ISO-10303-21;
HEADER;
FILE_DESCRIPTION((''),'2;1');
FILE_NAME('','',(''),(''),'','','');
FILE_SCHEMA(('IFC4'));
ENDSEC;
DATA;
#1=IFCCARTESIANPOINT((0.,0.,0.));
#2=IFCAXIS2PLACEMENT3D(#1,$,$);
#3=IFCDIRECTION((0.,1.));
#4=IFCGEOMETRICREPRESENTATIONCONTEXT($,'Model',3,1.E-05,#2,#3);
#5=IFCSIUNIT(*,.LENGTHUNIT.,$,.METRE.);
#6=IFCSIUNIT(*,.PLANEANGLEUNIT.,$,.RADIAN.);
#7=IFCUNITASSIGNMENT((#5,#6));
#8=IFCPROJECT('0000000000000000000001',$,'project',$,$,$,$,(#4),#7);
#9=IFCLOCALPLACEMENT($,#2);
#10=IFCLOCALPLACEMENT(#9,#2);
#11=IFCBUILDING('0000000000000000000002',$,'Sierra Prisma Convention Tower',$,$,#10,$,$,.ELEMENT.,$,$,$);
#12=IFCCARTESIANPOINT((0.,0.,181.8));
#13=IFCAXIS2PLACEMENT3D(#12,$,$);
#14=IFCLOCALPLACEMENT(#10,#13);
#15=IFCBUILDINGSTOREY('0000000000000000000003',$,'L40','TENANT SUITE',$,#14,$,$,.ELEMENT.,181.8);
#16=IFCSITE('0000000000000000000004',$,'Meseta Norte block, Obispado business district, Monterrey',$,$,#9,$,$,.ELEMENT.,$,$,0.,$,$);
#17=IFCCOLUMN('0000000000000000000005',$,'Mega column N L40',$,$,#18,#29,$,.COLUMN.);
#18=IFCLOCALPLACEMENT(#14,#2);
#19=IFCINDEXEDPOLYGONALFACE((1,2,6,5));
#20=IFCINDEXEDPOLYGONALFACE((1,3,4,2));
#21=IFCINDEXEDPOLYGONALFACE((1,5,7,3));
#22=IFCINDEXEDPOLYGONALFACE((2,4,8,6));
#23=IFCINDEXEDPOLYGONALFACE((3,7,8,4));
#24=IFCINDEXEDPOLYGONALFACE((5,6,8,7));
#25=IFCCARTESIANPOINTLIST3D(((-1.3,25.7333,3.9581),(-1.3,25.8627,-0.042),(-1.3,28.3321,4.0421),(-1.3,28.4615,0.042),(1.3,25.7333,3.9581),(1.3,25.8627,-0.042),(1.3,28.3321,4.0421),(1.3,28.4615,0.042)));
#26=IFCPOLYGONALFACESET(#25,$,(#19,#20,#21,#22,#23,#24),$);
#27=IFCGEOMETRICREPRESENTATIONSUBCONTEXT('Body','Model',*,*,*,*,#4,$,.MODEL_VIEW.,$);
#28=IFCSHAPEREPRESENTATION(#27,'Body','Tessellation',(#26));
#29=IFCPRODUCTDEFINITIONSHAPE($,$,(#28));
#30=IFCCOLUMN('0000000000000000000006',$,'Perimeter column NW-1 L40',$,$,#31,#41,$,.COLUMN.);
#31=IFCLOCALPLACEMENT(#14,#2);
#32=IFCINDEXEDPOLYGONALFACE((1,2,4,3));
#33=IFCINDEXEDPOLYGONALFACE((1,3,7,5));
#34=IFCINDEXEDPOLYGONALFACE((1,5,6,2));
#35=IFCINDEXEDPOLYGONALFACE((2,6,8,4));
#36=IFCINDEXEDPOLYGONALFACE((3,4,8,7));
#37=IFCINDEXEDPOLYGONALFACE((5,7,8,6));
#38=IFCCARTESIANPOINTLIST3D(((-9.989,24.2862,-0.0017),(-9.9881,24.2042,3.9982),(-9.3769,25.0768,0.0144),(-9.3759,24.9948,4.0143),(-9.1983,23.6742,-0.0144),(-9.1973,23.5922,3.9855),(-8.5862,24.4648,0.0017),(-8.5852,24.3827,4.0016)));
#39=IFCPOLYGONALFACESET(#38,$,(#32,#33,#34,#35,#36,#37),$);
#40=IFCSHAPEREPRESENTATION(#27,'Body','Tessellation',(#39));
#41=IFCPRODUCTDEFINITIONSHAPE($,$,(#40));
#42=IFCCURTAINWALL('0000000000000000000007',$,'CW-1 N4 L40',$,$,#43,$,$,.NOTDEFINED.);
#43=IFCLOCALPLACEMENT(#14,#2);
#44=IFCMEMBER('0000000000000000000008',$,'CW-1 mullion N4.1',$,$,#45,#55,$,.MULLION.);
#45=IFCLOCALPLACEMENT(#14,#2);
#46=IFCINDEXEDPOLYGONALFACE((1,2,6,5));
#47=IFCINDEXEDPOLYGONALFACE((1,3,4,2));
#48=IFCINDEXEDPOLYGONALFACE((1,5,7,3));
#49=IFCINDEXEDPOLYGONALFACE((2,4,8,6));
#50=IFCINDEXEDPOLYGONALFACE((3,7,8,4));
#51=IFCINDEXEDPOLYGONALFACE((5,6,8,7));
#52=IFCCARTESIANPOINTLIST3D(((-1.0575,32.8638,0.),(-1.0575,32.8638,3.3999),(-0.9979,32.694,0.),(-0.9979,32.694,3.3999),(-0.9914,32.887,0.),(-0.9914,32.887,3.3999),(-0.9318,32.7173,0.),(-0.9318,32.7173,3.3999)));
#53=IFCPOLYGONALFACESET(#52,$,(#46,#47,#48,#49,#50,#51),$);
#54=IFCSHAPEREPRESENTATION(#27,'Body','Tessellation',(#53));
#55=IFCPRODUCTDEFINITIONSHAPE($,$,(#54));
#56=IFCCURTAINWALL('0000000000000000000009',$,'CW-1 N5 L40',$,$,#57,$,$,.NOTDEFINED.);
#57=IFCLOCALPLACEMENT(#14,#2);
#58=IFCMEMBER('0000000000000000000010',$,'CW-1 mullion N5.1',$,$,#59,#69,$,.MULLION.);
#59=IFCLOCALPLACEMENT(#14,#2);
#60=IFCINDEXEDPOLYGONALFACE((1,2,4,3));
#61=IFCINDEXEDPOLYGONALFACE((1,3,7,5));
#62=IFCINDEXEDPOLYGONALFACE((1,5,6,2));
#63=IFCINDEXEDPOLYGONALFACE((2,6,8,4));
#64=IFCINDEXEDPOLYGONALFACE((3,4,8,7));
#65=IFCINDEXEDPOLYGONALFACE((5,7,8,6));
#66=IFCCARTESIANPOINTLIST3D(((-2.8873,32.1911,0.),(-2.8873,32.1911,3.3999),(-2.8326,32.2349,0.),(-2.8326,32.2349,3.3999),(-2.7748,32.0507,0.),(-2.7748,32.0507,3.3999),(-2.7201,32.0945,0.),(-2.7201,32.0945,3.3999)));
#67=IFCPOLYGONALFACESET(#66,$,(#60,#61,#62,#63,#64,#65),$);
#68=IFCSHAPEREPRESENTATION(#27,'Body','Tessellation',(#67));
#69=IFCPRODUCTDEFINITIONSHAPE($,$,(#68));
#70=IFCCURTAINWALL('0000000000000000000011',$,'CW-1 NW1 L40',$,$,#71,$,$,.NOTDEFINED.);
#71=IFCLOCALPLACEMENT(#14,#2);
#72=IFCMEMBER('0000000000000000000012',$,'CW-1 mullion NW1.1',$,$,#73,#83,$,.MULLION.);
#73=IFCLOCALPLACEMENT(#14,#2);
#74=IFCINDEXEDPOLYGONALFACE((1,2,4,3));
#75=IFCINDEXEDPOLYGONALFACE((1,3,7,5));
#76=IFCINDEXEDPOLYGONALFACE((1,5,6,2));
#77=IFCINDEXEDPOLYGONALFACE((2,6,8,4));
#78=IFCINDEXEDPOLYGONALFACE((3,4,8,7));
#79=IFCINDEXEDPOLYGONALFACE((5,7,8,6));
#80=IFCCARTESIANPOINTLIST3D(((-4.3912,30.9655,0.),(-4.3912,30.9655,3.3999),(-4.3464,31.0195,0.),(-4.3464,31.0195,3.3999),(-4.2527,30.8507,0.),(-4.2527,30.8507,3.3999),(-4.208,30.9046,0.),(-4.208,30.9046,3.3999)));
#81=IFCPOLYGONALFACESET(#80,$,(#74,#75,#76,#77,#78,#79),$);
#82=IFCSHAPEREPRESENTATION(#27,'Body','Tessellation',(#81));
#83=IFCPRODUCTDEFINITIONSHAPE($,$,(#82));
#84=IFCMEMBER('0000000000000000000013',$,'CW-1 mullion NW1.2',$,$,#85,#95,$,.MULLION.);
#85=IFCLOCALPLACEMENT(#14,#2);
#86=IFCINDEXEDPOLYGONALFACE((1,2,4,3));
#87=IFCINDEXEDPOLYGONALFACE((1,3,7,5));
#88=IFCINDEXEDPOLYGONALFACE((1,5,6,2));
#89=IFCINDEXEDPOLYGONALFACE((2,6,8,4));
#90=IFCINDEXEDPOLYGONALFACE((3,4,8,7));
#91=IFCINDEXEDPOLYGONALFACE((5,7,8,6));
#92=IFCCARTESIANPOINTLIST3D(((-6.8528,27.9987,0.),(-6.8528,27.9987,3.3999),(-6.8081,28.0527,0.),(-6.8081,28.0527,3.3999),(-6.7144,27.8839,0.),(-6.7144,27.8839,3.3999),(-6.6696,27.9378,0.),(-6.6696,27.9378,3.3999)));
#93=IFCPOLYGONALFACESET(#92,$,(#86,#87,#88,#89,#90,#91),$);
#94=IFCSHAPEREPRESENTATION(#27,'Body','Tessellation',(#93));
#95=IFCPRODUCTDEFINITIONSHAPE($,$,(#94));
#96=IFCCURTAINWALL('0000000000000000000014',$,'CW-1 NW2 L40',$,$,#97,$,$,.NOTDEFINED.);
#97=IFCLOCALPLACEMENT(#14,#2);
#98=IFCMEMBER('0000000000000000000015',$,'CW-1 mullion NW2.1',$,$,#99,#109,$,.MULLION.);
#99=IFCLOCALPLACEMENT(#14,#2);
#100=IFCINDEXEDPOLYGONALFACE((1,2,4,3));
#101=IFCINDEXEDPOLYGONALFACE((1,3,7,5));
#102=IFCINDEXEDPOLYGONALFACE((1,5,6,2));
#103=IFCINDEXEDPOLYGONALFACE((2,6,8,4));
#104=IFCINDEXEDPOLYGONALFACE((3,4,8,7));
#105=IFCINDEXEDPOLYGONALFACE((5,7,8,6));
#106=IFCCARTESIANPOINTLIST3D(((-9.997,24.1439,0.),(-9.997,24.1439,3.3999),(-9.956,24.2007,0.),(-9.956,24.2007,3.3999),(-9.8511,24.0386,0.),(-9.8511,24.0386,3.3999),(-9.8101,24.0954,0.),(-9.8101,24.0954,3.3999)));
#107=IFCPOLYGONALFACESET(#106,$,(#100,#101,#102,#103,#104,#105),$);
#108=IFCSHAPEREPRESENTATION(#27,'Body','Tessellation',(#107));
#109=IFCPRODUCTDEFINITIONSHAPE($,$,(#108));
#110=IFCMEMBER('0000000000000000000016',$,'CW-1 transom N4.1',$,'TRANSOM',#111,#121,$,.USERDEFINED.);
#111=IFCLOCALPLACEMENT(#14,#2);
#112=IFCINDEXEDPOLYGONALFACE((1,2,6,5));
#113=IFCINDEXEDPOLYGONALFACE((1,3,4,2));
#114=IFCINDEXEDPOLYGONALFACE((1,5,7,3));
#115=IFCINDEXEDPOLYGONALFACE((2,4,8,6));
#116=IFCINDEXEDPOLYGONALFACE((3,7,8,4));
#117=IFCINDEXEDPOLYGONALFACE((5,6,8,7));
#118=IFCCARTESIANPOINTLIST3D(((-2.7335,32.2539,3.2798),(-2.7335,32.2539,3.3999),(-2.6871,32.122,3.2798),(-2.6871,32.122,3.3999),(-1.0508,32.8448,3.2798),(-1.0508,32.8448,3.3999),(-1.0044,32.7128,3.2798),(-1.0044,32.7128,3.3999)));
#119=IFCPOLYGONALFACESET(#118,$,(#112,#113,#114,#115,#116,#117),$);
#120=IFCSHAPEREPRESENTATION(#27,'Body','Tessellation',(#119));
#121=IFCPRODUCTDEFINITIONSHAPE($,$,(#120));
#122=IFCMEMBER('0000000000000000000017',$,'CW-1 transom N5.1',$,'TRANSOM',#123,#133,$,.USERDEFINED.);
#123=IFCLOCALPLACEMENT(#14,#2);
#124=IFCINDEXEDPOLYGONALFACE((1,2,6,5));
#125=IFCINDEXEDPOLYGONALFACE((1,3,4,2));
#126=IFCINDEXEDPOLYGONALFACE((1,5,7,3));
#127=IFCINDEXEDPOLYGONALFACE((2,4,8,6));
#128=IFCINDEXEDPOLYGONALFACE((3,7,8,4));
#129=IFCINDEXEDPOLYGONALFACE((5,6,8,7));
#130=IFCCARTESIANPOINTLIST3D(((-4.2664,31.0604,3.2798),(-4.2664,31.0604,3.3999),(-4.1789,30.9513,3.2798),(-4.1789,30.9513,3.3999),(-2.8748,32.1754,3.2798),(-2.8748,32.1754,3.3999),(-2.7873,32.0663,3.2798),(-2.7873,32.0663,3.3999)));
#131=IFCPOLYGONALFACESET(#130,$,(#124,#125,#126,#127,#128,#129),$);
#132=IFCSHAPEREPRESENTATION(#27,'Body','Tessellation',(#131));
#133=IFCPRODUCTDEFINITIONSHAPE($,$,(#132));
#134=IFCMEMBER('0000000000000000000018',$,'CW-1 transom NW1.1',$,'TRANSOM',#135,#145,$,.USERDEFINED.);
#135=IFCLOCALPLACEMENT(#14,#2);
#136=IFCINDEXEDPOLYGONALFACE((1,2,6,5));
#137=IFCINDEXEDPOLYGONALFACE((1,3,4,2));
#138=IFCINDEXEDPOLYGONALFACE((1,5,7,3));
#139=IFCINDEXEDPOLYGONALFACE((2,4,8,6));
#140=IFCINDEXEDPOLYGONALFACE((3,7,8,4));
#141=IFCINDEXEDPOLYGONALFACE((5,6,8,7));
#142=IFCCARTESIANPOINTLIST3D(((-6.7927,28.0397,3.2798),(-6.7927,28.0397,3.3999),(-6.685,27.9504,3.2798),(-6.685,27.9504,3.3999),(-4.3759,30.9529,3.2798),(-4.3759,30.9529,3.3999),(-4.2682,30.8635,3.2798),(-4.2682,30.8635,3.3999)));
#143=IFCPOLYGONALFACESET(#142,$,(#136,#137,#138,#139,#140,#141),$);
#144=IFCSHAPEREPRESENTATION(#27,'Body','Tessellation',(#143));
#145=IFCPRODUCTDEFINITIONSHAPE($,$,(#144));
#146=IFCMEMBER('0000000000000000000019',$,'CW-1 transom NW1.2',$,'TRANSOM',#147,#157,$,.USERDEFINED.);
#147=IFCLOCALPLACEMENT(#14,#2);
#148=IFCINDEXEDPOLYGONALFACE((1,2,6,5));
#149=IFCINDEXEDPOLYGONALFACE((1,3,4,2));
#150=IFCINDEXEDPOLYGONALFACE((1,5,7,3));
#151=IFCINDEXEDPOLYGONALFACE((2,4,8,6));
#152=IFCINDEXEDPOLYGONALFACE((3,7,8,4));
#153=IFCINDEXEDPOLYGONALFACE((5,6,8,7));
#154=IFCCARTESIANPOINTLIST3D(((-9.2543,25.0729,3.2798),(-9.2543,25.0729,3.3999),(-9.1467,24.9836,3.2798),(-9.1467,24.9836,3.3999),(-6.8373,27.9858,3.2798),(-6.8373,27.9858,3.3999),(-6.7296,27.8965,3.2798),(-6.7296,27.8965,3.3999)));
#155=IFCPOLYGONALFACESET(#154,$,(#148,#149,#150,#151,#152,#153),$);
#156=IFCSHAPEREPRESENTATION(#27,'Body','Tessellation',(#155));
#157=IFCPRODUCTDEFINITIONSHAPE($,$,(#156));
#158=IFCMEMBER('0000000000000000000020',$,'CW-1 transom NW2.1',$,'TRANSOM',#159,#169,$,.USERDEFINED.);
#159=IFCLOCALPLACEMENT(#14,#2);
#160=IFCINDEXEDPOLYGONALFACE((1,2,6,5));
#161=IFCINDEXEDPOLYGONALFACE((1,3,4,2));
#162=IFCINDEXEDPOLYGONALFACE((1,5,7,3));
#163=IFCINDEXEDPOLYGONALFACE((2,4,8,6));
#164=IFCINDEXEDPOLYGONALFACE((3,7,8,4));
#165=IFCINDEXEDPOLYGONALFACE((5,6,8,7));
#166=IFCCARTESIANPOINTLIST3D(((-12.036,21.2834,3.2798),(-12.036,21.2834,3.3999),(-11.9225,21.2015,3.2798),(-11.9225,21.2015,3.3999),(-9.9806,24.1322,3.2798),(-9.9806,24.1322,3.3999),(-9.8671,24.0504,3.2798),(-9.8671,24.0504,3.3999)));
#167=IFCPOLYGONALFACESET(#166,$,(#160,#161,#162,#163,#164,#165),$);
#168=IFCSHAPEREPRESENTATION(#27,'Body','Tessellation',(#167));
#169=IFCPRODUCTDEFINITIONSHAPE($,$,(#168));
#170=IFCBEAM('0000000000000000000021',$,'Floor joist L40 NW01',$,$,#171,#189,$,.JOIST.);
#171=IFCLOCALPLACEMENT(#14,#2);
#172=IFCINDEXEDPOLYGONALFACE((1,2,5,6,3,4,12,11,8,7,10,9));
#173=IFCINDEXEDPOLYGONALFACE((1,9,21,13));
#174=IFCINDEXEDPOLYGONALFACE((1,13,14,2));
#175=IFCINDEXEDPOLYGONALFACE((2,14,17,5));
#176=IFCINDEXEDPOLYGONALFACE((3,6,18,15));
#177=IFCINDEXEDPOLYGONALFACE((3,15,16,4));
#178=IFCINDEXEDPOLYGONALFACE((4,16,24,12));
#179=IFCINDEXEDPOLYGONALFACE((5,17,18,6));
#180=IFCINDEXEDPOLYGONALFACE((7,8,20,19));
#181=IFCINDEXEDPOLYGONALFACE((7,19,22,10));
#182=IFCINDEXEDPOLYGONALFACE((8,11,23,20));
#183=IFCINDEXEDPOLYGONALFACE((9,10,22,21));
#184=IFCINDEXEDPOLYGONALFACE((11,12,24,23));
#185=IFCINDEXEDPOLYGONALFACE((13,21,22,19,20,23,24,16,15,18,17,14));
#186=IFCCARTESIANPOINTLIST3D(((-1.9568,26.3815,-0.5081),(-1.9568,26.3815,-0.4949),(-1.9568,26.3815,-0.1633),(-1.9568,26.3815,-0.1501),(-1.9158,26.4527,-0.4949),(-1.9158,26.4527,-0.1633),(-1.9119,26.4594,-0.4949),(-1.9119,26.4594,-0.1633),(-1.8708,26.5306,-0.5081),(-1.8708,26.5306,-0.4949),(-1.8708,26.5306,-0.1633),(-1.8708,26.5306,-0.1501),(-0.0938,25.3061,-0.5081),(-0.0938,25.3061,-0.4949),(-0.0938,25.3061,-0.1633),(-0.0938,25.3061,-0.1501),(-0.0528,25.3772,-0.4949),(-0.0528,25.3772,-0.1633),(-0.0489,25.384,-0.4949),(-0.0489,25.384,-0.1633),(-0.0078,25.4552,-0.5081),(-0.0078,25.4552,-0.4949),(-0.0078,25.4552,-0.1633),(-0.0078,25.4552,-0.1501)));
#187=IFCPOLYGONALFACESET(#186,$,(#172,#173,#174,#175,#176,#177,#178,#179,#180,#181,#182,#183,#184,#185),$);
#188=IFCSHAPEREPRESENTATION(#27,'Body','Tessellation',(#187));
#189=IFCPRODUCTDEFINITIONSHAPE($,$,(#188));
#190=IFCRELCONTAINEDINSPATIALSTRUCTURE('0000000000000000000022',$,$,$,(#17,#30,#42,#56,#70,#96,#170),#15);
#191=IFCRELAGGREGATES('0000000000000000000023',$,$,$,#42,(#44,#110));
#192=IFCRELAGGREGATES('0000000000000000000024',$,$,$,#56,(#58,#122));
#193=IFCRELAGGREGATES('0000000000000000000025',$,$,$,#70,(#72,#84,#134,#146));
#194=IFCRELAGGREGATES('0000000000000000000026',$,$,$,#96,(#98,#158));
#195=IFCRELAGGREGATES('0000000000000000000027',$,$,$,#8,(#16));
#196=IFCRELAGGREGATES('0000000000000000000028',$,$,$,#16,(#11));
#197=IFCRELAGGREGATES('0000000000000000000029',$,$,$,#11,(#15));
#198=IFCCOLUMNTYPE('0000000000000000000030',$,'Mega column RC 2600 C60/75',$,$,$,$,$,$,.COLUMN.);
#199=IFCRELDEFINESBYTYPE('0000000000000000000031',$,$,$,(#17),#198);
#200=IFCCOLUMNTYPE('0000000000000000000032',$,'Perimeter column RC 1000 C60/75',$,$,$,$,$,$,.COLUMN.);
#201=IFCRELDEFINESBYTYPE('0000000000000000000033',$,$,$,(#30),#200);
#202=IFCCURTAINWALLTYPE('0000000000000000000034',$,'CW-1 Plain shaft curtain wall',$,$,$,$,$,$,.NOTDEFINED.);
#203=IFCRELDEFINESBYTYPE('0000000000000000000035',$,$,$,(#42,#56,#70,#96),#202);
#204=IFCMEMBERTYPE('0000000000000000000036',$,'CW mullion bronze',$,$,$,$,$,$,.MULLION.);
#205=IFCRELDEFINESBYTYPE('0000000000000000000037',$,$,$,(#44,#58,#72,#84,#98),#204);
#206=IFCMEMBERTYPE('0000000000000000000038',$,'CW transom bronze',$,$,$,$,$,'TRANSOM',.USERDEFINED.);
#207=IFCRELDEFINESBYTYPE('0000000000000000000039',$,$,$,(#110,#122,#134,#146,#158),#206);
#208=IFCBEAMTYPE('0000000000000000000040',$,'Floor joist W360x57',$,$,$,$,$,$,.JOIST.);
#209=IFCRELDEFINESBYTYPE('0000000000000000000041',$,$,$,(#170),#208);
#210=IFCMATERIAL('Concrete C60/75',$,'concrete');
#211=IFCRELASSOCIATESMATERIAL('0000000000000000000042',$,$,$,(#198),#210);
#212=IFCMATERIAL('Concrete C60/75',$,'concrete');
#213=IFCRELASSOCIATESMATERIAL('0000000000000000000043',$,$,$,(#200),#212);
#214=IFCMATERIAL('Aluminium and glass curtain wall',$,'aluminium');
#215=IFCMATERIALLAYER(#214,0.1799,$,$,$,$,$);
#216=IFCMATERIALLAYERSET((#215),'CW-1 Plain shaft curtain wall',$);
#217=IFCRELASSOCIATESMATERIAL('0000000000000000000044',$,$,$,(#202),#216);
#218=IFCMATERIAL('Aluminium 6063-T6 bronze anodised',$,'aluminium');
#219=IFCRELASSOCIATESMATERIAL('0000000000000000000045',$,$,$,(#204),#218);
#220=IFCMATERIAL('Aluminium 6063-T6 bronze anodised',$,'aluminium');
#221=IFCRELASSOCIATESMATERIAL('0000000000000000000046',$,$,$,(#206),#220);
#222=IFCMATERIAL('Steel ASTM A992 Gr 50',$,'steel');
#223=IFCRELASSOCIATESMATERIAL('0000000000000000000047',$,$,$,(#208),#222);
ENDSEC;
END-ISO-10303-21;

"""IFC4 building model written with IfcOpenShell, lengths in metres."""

from ifc_helpers import new_model, si_unit, direction, frame, origin, origin_2d, place, context, subcontext, project, spatial, rectangle, i_section, extrude, material, layer, layer_set, material_profile, profile_set, type_object, element, aggregate, save


model = new_model("IFC4")

# Units and contexts
model_context = context("Model", 3, precision=1e-05, world=origin(), true_north=direction((0.0, 1.0)))
body_context = subcontext(model_context, "Body", "Model", "MODEL_VIEW")
ifc_project = project(units=[si_unit("LENGTHUNIT", "METRE"), si_unit("PLANEANGLEUNIT", "RADIAN")], contexts=[model_context])

# Site, building, storey
site_placement = place(None, origin())
site = spatial("IfcSite", under=ifc_project, at=site_placement, Name="Meseta Norte block, Obispado business district, Monterrey", CompositionType="ELEMENT", RefElevation=0.0)
building_placement = place(site_placement, origin())
building = spatial("IfcBuilding", under=site, at=building_placement, Name="Sierra Prisma Convention Tower", CompositionType="ELEMENT")
storey_placement = place(building_placement, frame((0.0, 0.0, 181.8)))
storey = spatial("IfcBuildingStorey", under=building, at=storey_placement, Name="L40", Description="TENANT SUITE", CompositionType="ELEMENT", Elevation=181.8)

# Columns
ifc_material_1 = material(Name="Concrete C60/75", Category="concrete")
ifc_material_profile_1 = material_profile(ifc_material_1, rectangle(XDim=2.6001, YDim=2.6001, at=origin_2d()), Name="Mega column RC 2600 C60/75")
ifc_profile_set_1 = profile_set([ifc_material_profile_1], Name="Concrete C60/75")
column_type_1 = type_object("IfcColumnType", Name="Mega column RC 2600 C60/75", PredefinedType="COLUMN", material=ifc_profile_set_1)
column_1_placement = place(storey_placement, frame((0.0, 27.1621, 0.0), z_axis=(0.0, -0.032332, 0.999477), x_axis=(1.0, 0.0, 0.0)))
element("IfcColumn", 1, at=column_1_placement, inside=storey, type_object=column_type_1, Name="Mega column N L40", PredefinedType="COLUMN", context=body_context, shape_type="SweptSolid", body=[
    extrude(rectangle(XDim=2.6001, YDim=2.6001, at=origin_2d()), origin(), (0.0, 0.0, 1.0), 4.0022),
])
ifc_material_2 = material(Name="Concrete C60/75", Category="concrete")
ifc_material_profile_2 = material_profile(ifc_material_2, rectangle(XDim=1.0, YDim=1.0, at=origin_2d()), Name="Perimeter column RC 1000 C60/75")
ifc_profile_set_2 = profile_set([ifc_material_profile_2], Name="Concrete C60/75")
column_type_2 = type_object("IfcColumnType", Name="Perimeter column RC 1000 C60/75", PredefinedType="COLUMN", material=ifc_profile_set_2)
column_2_placement = place(storey_placement, frame((-9.2876, 24.3755, 0.0), z_axis=(0.000244, -0.020504, 0.99979), x_axis=(0.612161, 0.79057, 0.016063)))
element("IfcColumn", 2, at=column_2_placement, inside=storey, type_object=column_type_2, Name="Perimeter column NW-1 L40", PredefinedType="COLUMN", context=body_context, shape_type="SweptSolid", body=[
    extrude(rectangle(XDim=1.0, YDim=1.0, at=origin_2d()), origin(), (0.0, 0.0, 1.0), 4.0007),
])

# Curtain walls, members
ifc_material_3 = material(Name="Aluminium and glass curtain wall", Category="aluminium")
ifc_layer_1 = layer(ifc_material_3, 0.1799)
ifc_layer_set_1 = layer_set([ifc_layer_1], Name="CW-1 Plain shaft curtain wall")
curtain_wall_type = type_object("IfcCurtainWallType", Name="CW-1 Plain shaft curtain wall", PredefinedType="NOTDEFINED", material=ifc_layer_set_1)
curtain_wall_1_placement = place(storey_placement, origin())
curtain_wall_1 = element("IfcCurtainWall", 3, at=curtain_wall_1_placement, inside=storey, type_object=curtain_wall_type, Name="CW-1 N4 L40", PredefinedType="NOTDEFINED")
ifc_material_4 = material(Name="Aluminium 6063-T6 bronze anodised", Category="aluminium")
ifc_material_profile_3 = material_profile(ifc_material_4, rectangle(XDim=0.1799, YDim=0.0701, at=origin_2d()), Name="ALU MULLION 70x180")
ifc_profile_set_3 = profile_set([ifc_material_profile_3], Name="Aluminium 6063-T6 bronze anodised")
member_type_1 = type_object("IfcMemberType", Name="CW mullion bronze", PredefinedType="MULLION", material=ifc_profile_set_3)
member_1_placement = place(storey_placement, frame((-0.9946, 32.7905, 0.0), z_axis=(0.0, 0.0, 1.0), x_axis=(0.331378, -0.943498, 0.0)))
member_1 = element("IfcMember", 4, at=member_1_placement, type_object=member_type_1, Name="CW-1 mullion N4.1", PredefinedType="MULLION", context=body_context, shape_type="SweptSolid", body=[
    extrude(rectangle(XDim=0.1799, YDim=0.0701, at=origin_2d()), origin(), (0.0, 0.0, 1.0), 3.3999),
])
curtain_wall_2_placement = place(storey_placement, origin())
curtain_wall_2 = element("IfcCurtainWall", 5, at=curtain_wall_2_placement, inside=storey, type_object=curtain_wall_type, Name="CW-1 N5 L40", PredefinedType="NOTDEFINED")
member_2_placement = place(storey_placement, frame((-2.8037, 32.1428, 0.0), z_axis=(0.0, 0.0, 1.0), x_axis=(0.625309, -0.780377, 0.0)))
member_2 = element("IfcMember", 6, at=member_2_placement, type_object=member_type_1, Name="CW-1 mullion N5.1", PredefinedType="MULLION", context=body_context, shape_type="SweptSolid", body=[
    extrude(rectangle(XDim=0.1799, YDim=0.0701, at=origin_2d()), origin(), (0.0, 0.0, 1.0), 3.3999),
])

# Curtain wall, members
curtain_wall_3_placement = place(storey_placement, origin())
curtain_wall_3 = element("IfcCurtainWall", 7, at=curtain_wall_3_placement, inside=storey, type_object=curtain_wall_type, Name="CW-1 NW1 L40", PredefinedType="NOTDEFINED")
member_3_placement = place(storey_placement, frame((-4.2996, 30.9351, 0.0), z_axis=(0.0, 0.0, 1.0), x_axis=(0.769596, -0.638531, 0.0)))
member_3 = element("IfcMember", 8, at=member_3_placement, type_object=member_type_1, Name="CW-1 mullion NW1.1", PredefinedType="MULLION", context=body_context, shape_type="SweptSolid", body=[
    extrude(rectangle(XDim=0.1799, YDim=0.0701, at=origin_2d()), origin(), (0.0, 0.0, 1.0), 3.3999),
])
member_4_placement = place(storey_placement, frame((-6.7612, 27.9683, 0.0), z_axis=(0.0, 0.0, 1.0), x_axis=(0.769596, -0.638531, 0.0)))
member_4 = element("IfcMember", 9, at=member_4_placement, type_object=member_type_1, Name="CW-1 mullion NW1.2", PredefinedType="MULLION", context=body_context, shape_type="SweptSolid", body=[
    extrude(rectangle(XDim=0.1799, YDim=0.0701, at=origin_2d()), origin(), (0.0, 0.0, 1.0), 3.3999),
])

# Curtain wall, member
curtain_wall_4_placement = place(storey_placement, origin())
curtain_wall_4 = element("IfcCurtainWall", 10, at=curtain_wall_4_placement, inside=storey, type_object=curtain_wall_type, Name="CW-1 NW2 L40", PredefinedType="NOTDEFINED")
member_5_placement = place(storey_placement, frame((-9.9036, 24.1196, 0.0), z_axis=(0.0, 0.0, 1.0), x_axis=(0.810967, -0.585091, 0.0)))
member_5 = element("IfcMember", 11, at=member_5_placement, type_object=member_type_1, Name="CW-1 mullion NW2.1", PredefinedType="MULLION", context=body_context, shape_type="SweptSolid", body=[
    extrude(rectangle(XDim=0.1799, YDim=0.0701, at=origin_2d()), origin(), (0.0, 0.0, 1.0), 3.3999),
])

# Members
ifc_material_5 = material(Name="Aluminium 6063-T6 bronze anodised", Category="aluminium")
ifc_material_profile_4 = material_profile(ifc_material_5, rectangle(XDim=0.1399, YDim=0.1201, at=origin_2d()), Name="ALU TRANSOM 120x140")
ifc_profile_set_4 = profile_set([ifc_material_profile_4], Name="Aluminium 6063-T6 bronze anodised")
member_type_2 = type_object("IfcMemberType", Name="CW transom bronze", ElementType="TRANSOM", PredefinedType="USERDEFINED", material=ifc_profile_set_4)
member_6_placement = place(storey_placement, frame((-1.0276, 32.7788, 3.3398), z_axis=(-0.943525, -0.331302, 0.0), x_axis=(0.331302, -0.943525, 0.0)))
member_6 = element("IfcMember", 12, at=member_6_placement, type_object=member_type_2, Name="CW-1 transom N4.1", ObjectType="TRANSOM", PredefinedType="USERDEFINED", context=body_context, shape_type="SweptSolid", body=[
    extrude(rectangle(XDim=0.1399, YDim=0.1201, at=origin_2d()), origin(), (0.0, 0.0, 1.0), 1.7834),
])
member_7_placement = place(storey_placement, frame((-2.8311, 32.1208, 3.3398), z_axis=(-0.780401, -0.625279, 0.0), x_axis=(0.625279, -0.780401, 0.0)))
member_7 = element("IfcMember", 13, at=member_7_placement, type_object=member_type_2, Name="CW-1 transom N5.1", ObjectType="TRANSOM", PredefinedType="USERDEFINED", context=body_context, shape_type="SweptSolid", body=[
    extrude(rectangle(XDim=0.1399, YDim=0.1201, at=origin_2d()), origin(), (0.0, 0.0, 1.0), 1.7832),
])
member_8_placement = place(storey_placement, frame((-4.322, 30.9082, 3.3398), z_axis=(-0.638495, -0.769626, 0.0), x_axis=(0.769626, -0.638495, 0.0)))
member_8 = element("IfcMember", 14, at=member_8_placement, type_object=member_type_2, Name="CW-1 transom NW1.1", ObjectType="TRANSOM", PredefinedType="USERDEFINED", context=body_context, shape_type="SweptSolid", body=[
    extrude(rectangle(XDim=0.1399, YDim=0.1201, at=origin_2d()), origin(), (0.0, 0.0, 1.0), 3.7852),
])
member_9_placement = place(storey_placement, frame((-6.7834, 27.9412, 3.3398), z_axis=(-0.638565, -0.769568, 0.0), x_axis=(0.769568, -0.638565, 0.0)))
member_9 = element("IfcMember", 15, at=member_9_placement, type_object=member_type_2, Name="CW-1 transom NW1.2", ObjectType="TRANSOM", PredefinedType="USERDEFINED", context=body_context, shape_type="SweptSolid", body=[
    extrude(rectangle(XDim=0.1399, YDim=0.1201, at=origin_2d()), origin(), (0.0, 0.0, 1.0), 3.7852),
])
member_10_placement = place(storey_placement, frame((-9.9238, 24.0913, 3.3398), z_axis=(-0.585097, -0.810963, 0.0), x_axis=(0.810963, -0.585097, 0.0)))
member_10 = element("IfcMember", 16, at=member_10_placement, type_object=member_type_2, Name="CW-1 transom NW2.1", ObjectType="TRANSOM", PredefinedType="USERDEFINED", context=body_context, shape_type="SweptSolid", body=[
    extrude(rectangle(XDim=0.1399, YDim=0.1201, at=origin_2d()), origin(), (0.0, 0.0, 1.0), 3.5129),
])

# Beam
ifc_material_6 = material(Name="Steel ASTM A992 Gr 50", Category="steel")
ifc_material_profile_5 = material_profile(ifc_material_6, i_section(OverallWidth=0.1721, OverallDepth=0.3579, WebThickness=0.0078, FlangeThickness=0.0132, at=origin_2d()), Name="W360x57")
ifc_profile_set_5 = profile_set([ifc_material_profile_5], Name="Steel ASTM A992 Gr 50")
beam_type_1 = type_object("IfcBeamType", Name="Floor joist W360x57", PredefinedType="JOIST", material=ifc_profile_set_5)
beam_1_placement = place(storey_placement, frame((-1.9138, 26.4561, -0.3291), z_axis=(0.866063, -0.499935, 0.0), x_axis=(0.499935, 0.866063, 0.0)))
element("IfcBeam", 17, at=beam_1_placement, inside=storey, type_object=beam_type_1, Name="Floor joist L40 NW01", PredefinedType="JOIST", context=body_context, shape_type="SweptSolid", body=[
    extrude(i_section(OverallWidth=0.1721, OverallDepth=0.3579, WebThickness=0.0078, FlangeThickness=0.0132, at=origin_2d()), origin(), (0.0, 0.0, 1.0), 2.1511),
])

aggregate(curtain_wall_1, [member_1, member_6])
aggregate(curtain_wall_2, [member_2, member_7])
aggregate(curtain_wall_3, [member_3, member_4, member_8, member_9])
aggregate(curtain_wall_4, [member_5, member_10])

save(model, "model.ifc")
